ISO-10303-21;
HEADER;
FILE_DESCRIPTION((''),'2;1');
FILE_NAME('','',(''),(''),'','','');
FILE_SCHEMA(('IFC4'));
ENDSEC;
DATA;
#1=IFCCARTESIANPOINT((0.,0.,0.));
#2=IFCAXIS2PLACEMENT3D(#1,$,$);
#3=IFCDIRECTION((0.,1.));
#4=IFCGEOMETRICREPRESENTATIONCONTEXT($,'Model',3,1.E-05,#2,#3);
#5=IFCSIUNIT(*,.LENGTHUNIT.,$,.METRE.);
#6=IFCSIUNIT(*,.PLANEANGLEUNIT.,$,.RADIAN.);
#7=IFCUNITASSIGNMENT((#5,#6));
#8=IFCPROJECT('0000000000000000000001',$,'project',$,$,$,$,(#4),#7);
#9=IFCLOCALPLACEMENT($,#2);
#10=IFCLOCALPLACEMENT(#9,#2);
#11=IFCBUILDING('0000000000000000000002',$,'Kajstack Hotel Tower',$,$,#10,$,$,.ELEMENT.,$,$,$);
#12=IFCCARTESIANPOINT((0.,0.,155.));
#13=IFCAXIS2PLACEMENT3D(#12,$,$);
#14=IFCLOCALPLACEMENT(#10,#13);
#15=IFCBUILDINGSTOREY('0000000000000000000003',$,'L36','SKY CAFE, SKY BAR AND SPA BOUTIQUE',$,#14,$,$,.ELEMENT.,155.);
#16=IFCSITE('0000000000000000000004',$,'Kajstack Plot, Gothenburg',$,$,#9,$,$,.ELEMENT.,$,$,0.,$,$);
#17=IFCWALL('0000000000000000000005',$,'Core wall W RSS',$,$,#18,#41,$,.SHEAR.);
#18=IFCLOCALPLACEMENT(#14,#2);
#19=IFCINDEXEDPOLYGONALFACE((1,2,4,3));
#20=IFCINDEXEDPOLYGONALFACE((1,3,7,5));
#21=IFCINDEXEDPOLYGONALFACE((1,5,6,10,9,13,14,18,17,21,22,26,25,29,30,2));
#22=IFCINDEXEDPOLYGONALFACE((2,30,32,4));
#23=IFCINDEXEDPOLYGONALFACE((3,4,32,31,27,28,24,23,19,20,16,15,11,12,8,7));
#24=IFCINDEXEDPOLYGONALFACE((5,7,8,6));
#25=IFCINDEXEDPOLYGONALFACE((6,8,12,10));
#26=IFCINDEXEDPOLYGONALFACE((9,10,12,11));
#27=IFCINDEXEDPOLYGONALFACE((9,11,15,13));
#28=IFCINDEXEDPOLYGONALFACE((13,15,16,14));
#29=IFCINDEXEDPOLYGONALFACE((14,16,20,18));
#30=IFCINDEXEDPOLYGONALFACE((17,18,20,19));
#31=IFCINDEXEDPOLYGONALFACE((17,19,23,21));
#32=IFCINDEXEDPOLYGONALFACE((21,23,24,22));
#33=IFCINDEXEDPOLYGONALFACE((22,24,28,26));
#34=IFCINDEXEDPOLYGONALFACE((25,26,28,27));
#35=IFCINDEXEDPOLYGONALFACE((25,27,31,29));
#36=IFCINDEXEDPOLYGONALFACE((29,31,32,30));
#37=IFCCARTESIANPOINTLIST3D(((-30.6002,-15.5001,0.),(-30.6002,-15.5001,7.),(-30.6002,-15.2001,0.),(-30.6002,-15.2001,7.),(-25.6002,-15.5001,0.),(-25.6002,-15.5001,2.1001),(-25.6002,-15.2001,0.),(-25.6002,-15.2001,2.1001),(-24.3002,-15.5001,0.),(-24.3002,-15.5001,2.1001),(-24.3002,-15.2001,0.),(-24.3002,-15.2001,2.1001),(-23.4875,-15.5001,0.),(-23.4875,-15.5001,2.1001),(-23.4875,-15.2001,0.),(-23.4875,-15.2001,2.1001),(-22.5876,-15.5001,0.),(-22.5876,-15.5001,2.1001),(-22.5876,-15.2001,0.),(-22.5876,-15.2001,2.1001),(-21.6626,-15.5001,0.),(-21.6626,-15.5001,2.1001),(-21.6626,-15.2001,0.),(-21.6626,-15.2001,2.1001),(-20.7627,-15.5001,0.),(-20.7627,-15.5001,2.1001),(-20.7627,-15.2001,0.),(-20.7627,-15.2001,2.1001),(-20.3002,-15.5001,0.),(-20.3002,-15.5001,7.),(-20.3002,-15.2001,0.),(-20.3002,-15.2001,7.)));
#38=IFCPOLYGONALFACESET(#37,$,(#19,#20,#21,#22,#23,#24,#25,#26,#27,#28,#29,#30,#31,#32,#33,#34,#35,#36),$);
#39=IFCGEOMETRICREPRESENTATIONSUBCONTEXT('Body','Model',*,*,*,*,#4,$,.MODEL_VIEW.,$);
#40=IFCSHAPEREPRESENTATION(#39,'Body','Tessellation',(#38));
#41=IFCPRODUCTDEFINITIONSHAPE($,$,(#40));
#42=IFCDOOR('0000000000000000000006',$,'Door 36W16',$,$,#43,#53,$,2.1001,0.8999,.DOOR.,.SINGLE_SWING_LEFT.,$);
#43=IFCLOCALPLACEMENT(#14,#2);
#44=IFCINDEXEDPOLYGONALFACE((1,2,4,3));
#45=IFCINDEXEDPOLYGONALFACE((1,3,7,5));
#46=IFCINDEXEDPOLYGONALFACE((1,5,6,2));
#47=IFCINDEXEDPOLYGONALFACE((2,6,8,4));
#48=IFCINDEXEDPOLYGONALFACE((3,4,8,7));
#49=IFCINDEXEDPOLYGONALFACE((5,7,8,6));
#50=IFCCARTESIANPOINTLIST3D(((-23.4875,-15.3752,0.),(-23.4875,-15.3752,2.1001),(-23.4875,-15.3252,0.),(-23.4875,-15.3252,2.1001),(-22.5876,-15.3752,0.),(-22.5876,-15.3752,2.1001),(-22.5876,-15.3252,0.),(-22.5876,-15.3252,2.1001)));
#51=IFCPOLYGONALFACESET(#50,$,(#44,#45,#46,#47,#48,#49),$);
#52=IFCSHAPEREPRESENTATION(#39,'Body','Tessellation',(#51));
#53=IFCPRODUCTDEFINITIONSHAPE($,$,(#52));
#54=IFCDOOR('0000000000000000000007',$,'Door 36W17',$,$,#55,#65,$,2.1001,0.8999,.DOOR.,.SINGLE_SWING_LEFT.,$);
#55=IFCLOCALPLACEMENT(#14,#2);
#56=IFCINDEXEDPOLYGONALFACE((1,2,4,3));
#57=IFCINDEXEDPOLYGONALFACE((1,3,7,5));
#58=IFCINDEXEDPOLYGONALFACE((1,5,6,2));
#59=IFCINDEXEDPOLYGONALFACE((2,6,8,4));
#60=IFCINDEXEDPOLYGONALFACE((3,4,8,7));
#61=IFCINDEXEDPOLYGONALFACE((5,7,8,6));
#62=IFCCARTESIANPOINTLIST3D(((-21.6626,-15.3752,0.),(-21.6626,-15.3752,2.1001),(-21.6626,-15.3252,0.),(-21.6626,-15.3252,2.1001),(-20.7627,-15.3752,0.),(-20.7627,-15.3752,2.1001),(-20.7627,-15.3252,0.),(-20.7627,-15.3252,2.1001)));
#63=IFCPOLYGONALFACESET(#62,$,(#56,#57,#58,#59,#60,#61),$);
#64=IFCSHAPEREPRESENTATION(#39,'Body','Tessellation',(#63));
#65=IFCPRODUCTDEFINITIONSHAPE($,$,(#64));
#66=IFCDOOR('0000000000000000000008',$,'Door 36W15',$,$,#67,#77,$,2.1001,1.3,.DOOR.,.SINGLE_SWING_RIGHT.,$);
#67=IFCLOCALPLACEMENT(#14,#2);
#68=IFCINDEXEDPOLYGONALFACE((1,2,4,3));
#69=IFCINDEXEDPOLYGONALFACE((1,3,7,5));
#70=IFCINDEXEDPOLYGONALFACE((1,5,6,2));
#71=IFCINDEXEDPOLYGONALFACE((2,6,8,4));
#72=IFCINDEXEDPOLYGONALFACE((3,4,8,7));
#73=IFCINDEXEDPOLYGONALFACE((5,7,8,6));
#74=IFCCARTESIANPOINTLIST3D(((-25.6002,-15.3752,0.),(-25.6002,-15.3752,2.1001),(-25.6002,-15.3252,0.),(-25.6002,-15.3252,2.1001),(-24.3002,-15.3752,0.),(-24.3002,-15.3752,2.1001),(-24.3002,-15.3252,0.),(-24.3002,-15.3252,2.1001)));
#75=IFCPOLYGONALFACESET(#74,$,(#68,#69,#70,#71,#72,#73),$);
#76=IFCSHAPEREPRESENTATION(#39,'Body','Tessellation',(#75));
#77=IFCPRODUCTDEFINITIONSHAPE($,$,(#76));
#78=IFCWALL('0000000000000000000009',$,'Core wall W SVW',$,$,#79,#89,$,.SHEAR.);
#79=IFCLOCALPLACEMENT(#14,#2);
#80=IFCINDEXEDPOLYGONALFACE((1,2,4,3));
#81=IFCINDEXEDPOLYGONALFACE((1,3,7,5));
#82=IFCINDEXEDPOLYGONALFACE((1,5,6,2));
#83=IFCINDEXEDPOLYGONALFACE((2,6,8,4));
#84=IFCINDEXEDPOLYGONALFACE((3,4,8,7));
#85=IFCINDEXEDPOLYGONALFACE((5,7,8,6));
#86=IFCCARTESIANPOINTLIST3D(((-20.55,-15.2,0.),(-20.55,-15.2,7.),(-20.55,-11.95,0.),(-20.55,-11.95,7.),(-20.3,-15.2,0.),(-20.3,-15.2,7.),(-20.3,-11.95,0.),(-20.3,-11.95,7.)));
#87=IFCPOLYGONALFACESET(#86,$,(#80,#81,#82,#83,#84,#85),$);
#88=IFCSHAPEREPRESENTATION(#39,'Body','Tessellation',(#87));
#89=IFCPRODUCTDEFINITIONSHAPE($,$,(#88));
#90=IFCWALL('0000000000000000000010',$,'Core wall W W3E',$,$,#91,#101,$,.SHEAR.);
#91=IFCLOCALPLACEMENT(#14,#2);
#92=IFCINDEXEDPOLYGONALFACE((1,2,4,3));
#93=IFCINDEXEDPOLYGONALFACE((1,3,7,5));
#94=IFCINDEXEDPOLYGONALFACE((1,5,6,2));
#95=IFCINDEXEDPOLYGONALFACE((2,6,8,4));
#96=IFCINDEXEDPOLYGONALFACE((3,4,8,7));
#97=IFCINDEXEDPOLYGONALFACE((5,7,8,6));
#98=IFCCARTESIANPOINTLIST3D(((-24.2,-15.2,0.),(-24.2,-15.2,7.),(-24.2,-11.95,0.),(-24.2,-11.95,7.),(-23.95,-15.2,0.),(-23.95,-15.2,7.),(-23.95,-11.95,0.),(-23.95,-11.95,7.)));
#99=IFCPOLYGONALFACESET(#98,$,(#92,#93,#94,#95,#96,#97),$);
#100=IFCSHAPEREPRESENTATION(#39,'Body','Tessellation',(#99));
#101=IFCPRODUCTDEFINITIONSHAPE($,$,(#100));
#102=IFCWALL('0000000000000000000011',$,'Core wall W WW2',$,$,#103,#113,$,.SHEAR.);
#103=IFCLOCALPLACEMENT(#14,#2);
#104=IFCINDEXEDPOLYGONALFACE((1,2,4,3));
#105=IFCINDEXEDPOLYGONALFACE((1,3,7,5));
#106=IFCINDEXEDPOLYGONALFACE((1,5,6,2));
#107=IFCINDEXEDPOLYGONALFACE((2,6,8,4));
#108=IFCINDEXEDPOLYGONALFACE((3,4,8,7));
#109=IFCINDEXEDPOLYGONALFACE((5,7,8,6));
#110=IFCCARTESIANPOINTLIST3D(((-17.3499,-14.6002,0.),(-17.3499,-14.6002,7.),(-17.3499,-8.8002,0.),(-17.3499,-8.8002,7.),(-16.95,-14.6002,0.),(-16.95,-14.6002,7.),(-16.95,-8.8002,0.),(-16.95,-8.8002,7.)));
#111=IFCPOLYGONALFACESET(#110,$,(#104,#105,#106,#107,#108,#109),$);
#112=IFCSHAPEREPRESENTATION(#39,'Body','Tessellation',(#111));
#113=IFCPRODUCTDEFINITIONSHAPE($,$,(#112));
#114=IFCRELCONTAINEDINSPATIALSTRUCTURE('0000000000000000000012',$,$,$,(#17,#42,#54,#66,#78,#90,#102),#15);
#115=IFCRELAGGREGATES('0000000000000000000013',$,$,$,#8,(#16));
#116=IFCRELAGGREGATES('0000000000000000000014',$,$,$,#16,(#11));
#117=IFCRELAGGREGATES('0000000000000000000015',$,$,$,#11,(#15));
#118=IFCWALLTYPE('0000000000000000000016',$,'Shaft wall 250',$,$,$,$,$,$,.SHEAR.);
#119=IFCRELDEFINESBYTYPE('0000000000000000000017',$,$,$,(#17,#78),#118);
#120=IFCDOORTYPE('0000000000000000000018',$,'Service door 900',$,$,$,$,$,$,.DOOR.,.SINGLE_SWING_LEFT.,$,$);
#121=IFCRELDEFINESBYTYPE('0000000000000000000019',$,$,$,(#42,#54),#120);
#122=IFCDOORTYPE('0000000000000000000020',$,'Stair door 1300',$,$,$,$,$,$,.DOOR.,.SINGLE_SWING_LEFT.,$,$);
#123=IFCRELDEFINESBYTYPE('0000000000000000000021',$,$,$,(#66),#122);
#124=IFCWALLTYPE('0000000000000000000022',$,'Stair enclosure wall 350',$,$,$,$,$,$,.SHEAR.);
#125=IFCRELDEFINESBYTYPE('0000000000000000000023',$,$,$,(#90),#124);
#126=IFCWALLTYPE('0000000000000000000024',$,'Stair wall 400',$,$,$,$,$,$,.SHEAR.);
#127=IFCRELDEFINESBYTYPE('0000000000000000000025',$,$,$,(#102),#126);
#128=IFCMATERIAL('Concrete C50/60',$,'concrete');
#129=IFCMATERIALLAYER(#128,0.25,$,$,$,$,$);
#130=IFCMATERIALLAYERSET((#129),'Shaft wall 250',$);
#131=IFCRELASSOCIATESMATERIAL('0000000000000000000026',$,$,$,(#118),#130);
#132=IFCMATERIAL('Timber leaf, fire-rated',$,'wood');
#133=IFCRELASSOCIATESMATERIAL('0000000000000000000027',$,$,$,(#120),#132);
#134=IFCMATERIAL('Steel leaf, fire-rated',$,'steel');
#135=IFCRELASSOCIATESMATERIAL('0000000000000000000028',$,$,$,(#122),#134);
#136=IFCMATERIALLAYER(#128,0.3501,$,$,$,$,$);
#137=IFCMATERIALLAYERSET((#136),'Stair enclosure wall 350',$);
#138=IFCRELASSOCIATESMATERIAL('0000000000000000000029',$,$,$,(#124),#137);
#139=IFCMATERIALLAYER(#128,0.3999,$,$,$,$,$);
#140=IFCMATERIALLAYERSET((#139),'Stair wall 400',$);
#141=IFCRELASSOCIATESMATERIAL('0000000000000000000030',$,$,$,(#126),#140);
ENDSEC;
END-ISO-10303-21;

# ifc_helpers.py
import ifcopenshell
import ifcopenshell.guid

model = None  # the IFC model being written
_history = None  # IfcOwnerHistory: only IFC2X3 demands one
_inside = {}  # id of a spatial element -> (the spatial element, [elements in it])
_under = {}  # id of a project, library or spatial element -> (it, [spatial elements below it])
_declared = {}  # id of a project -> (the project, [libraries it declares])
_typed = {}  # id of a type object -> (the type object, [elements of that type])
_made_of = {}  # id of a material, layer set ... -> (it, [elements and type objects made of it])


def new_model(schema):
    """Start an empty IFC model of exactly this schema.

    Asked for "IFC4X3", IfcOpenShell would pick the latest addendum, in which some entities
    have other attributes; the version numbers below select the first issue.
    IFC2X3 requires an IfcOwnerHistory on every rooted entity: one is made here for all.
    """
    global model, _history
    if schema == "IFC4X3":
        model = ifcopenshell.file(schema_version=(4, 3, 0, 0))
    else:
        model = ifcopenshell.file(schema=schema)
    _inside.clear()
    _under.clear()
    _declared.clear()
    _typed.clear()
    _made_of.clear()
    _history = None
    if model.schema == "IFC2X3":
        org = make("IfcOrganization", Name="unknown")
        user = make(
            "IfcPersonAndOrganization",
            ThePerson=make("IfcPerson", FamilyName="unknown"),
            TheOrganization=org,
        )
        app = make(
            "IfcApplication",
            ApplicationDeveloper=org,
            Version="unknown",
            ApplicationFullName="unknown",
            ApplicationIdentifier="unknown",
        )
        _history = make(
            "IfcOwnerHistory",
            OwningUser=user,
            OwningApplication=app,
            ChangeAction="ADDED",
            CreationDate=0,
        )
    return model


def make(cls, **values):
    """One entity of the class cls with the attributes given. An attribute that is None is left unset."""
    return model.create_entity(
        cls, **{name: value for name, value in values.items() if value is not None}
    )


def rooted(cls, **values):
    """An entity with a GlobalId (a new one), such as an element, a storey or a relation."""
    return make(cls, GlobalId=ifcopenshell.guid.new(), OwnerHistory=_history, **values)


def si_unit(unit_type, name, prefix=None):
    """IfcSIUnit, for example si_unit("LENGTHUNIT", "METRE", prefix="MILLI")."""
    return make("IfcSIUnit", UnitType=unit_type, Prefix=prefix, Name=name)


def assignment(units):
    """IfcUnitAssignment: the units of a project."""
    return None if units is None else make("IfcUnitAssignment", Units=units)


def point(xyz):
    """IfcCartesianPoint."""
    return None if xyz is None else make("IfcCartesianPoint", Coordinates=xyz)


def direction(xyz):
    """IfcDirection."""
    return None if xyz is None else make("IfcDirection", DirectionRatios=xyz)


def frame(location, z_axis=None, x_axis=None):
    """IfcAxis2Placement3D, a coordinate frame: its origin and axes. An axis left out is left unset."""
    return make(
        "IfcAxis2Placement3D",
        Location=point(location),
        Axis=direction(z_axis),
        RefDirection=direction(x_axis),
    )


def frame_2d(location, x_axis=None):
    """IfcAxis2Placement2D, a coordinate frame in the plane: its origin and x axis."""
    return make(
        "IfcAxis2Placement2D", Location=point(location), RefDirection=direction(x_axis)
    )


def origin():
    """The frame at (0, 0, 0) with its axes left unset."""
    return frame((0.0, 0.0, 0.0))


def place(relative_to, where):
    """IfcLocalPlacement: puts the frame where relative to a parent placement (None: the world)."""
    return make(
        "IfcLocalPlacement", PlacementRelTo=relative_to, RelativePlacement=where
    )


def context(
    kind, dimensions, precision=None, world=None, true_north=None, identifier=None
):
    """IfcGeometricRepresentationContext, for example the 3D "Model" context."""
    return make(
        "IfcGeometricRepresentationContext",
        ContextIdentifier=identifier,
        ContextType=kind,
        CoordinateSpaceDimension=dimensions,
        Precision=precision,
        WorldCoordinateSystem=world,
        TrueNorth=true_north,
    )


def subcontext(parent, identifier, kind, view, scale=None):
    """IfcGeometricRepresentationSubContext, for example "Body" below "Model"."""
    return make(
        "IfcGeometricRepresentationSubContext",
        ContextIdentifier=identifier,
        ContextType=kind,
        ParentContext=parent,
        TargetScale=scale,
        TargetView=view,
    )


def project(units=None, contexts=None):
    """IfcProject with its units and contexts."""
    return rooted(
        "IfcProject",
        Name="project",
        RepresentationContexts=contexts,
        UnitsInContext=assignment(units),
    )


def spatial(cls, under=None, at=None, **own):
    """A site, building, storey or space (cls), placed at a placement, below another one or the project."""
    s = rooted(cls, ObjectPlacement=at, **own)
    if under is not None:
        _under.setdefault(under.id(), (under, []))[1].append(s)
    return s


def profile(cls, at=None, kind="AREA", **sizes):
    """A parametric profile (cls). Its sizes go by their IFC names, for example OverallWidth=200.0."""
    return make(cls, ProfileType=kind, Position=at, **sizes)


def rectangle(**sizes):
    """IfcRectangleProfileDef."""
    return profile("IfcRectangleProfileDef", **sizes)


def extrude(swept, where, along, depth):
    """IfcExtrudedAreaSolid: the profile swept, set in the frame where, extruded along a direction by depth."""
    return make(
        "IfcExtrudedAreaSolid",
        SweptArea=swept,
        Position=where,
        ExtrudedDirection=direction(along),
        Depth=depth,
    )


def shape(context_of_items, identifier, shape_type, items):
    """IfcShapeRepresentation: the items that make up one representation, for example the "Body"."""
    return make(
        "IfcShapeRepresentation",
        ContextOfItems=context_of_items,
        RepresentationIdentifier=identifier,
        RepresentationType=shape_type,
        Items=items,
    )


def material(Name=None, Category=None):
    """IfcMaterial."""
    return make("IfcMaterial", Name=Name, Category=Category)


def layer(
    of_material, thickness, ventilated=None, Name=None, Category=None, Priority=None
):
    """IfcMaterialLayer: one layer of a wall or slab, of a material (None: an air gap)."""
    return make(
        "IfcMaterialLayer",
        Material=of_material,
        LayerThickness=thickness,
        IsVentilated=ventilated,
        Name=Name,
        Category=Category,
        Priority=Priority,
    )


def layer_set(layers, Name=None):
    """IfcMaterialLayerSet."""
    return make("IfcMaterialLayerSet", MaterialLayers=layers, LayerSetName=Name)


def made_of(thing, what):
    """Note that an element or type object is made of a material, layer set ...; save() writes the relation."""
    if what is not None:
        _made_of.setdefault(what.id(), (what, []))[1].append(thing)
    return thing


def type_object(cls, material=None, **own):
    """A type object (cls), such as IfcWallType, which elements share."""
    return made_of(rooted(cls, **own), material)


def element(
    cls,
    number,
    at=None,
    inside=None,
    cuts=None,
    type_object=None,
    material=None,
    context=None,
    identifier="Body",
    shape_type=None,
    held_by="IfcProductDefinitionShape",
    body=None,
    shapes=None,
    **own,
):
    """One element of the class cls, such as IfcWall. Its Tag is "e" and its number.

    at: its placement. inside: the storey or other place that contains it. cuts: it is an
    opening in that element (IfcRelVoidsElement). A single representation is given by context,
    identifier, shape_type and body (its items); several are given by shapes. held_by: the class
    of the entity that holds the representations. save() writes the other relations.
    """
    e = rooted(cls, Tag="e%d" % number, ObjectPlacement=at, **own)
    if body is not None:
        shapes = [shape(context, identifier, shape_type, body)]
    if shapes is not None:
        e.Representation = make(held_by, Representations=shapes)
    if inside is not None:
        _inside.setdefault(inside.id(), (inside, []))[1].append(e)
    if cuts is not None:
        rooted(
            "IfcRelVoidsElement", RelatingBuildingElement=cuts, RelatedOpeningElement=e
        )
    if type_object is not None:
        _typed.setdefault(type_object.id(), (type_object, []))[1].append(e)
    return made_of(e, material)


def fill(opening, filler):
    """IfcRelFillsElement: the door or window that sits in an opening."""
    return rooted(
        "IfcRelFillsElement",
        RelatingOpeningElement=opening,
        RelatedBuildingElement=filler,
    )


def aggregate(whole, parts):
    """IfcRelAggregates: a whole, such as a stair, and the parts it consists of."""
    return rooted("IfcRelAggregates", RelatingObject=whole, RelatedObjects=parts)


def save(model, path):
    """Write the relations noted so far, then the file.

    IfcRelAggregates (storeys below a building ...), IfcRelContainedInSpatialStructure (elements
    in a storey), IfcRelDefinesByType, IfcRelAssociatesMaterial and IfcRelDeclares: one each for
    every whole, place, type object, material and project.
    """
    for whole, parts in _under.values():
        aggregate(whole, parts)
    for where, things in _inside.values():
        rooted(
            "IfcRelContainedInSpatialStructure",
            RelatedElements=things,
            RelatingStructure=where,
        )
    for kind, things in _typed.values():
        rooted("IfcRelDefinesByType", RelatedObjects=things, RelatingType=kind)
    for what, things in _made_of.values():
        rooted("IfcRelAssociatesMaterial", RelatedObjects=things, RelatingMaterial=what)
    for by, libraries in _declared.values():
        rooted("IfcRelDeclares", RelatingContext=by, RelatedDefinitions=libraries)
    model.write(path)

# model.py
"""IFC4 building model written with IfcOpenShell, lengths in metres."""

from ifc_helpers import new_model, si_unit, direction, frame, frame_2d, origin, place, context, subcontext, project, spatial, rectangle, extrude, material, layer, layer_set, type_object, element, fill, save


model = new_model("IFC4")

# Units and contexts
model_context = context("Model", 3, precision=1e-05, world=origin(), true_north=direction((0.0, 1.0)))
body_context = subcontext(model_context, "Body", "Model", "MODEL_VIEW")
ifc_project = project(units=[si_unit("LENGTHUNIT", "METRE"), si_unit("PLANEANGLEUNIT", "RADIAN")], contexts=[model_context])

# Site, building, storey
site_placement = place(None, origin())
site = spatial("IfcSite", under=ifc_project, at=site_placement, Name="Kajstack Plot, Gothenburg", CompositionType="ELEMENT", RefElevation=0.0)
building_placement = place(site_placement, origin())
building = spatial("IfcBuilding", under=site, at=building_placement, Name="Kajstack Hotel Tower", CompositionType="ELEMENT")
storey_placement = place(building_placement, frame((0.0, 0.0, 155.0)))
storey = spatial("IfcBuildingStorey", under=building, at=storey_placement, Name="L36", Description="SKY CAFE, SKY BAR AND SPA BOUTIQUE", CompositionType="ELEMENT", Elevation=155.0)

# Wall, openings, doors
ifc_material_1 = material(Name="Concrete C50/60", Category="concrete")
ifc_layer_1 = layer(ifc_material_1, 0.25)
ifc_layer_set_1 = layer_set([ifc_layer_1], Name="Shaft wall 250")
wall_type_1 = type_object("IfcWallType", Name="Shaft wall 250", PredefinedType="SHEAR", material=ifc_layer_set_1)
wall_1_placement = place(storey_placement, frame((-30.6001, -15.3501, 0.0), z_axis=(0.0, 0.0, 1.0), x_axis=(1.0, 0.0, 0.0)))
wall_1 = element("IfcWall", 1, at=wall_1_placement, inside=storey, type_object=wall_type_1, Name="Core wall W RSS", PredefinedType="SHEAR", context=body_context, shape_type="SweptSolid", body=[
    extrude(rectangle(XDim=10.3, YDim=0.3, at=frame_2d((5.1499, 0.0))), origin(), (0.0, 0.0, 1.0), 7.0),
])
opening_1_placement = place(wall_1_placement, frame((5.0, 0.0, 0.0)))
opening_1 = element("IfcOpeningElement", 2, at=opening_1_placement, cuts=wall_1, PredefinedType="OPENING", context=body_context, shape_type="SweptSolid", body=[
    extrude(rectangle(XDim=1.3, YDim=2.1001, at=frame_2d((0.6499, 1.05))), frame((0.0, 0.1599, 0.0), z_axis=(0.0, -1.0, 0.0), x_axis=(1.0, 0.0, 0.0)), (0.0, 0.0, 1.0), 0.3201),
])
opening_2_placement = place(wall_1_placement, frame((7.1125, 0.0, 0.0)))
opening_2 = element("IfcOpeningElement", 3, at=opening_2_placement, cuts=wall_1, PredefinedType="OPENING", context=body_context, shape_type="SweptSolid", body=[
    extrude(rectangle(XDim=0.8999, YDim=2.1001, at=frame_2d((0.45, 1.05))), frame((0.0, 0.1599, 0.0), z_axis=(0.0, -1.0, 0.0), x_axis=(1.0, 0.0, 0.0)), (0.0, 0.0, 1.0), 0.3201),
])
opening_3_placement = place(wall_1_placement, frame((8.9375, 0.0, 0.0)))
opening_3 = element("IfcOpeningElement", 4, at=opening_3_placement, cuts=wall_1, PredefinedType="OPENING", context=body_context, shape_type="SweptSolid", body=[
    extrude(rectangle(XDim=0.8999, YDim=2.1001, at=frame_2d((0.45, 1.05))), frame((0.0, 0.1599, 0.0), z_axis=(0.0, -1.0, 0.0), x_axis=(1.0, 0.0, 0.0)), (0.0, 0.0, 1.0), 0.3201),
])
ifc_material_2 = material(Name="Timber leaf, fire-rated", Category="wood")
door_type_1 = type_object("IfcDoorType", Name="Service door 900", OperationType="SINGLE_SWING_LEFT", PredefinedType="DOOR", material=ifc_material_2)
door_1_placement = place(opening_2_placement, origin())
door_1 = element("IfcDoor", 5, at=door_1_placement, inside=storey, type_object=door_type_1, Name="Door 36W16", OperationType="SINGLE_SWING_LEFT", OverallHeight=2.1001, OverallWidth=0.8999, PredefinedType="DOOR", context=body_context, shape_type="SweptSolid", body=[
    extrude(rectangle(XDim=0.8999, YDim=2.1001, at=frame_2d((0.45, 1.05))), frame((0.0, 0.0249, 0.0), z_axis=(0.0, -1.0, 0.0), x_axis=(1.0, 0.0, 0.0)), (0.0, 0.0, 1.0), 0.05),
])
fill(opening_2, door_1)
door_2_placement = place(opening_3_placement, origin())
door_2 = element("IfcDoor", 6, at=door_2_placement, inside=storey, type_object=door_type_1, Name="Door 36W17", OperationType="SINGLE_SWING_LEFT", OverallHeight=2.1001, OverallWidth=0.8999, PredefinedType="DOOR", context=body_context, shape_type="SweptSolid", body=[
    extrude(rectangle(XDim=0.8999, YDim=2.1001, at=frame_2d((0.45, 1.05))), frame((0.0, 0.0249, 0.0), z_axis=(0.0, -1.0, 0.0), x_axis=(1.0, 0.0, 0.0)), (0.0, 0.0, 1.0), 0.05),
])
fill(opening_3, door_2)
ifc_material_3 = material(Name="Steel leaf, fire-rated", Category="steel")
door_type_2 = type_object("IfcDoorType", Name="Stair door 1300", OperationType="SINGLE_SWING_LEFT", PredefinedType="DOOR", material=ifc_material_3)
door_3_placement = place(opening_1_placement, origin())
door_3 = element("IfcDoor", 7, at=door_3_placement, inside=storey, type_object=door_type_2, Name="Door 36W15", OperationType="SINGLE_SWING_RIGHT", OverallHeight=2.1001, OverallWidth=1.3, PredefinedType="DOOR", context=body_context, shape_type="SweptSolid", body=[
    extrude(rectangle(XDim=1.3, YDim=2.1001, at=frame_2d((0.6499, 1.05))), frame((0.0, 0.0249, 0.0), z_axis=(0.0, -1.0, 0.0), x_axis=(1.0, 0.0, 0.0)), (0.0, 0.0, 1.0), 0.05),
])
fill(opening_1, door_3)

# Walls
wall_2_placement = place(storey_placement, frame((-20.425, -15.2, 0.0), z_axis=(0.0, 0.0, 1.0), x_axis=(0.0, 1.0, 0.0)))
element("IfcWall", 8, at=wall_2_placement, inside=storey, type_object=wall_type_1, Name="Core wall W SVW", PredefinedType="SHEAR", context=body_context, shape_type="SweptSolid", body=[
    extrude(rectangle(XDim=3.25, YDim=0.25, at=frame_2d((1.625, 0.0))), origin(), (0.0, 0.0, 1.0), 7.0),
])
ifc_layer_2 = layer(ifc_material_1, 0.3501)
ifc_layer_set_2 = layer_set([ifc_layer_2], Name="Stair enclosure wall 350")
wall_type_2 = type_object("IfcWallType", Name="Stair enclosure wall 350", PredefinedType="SHEAR", material=ifc_layer_set_2)
wall_3_placement = place(storey_placement, frame((-24.075, -15.2, 0.0), z_axis=(0.0, 0.0, 1.0), x_axis=(0.0, 1.0, 0.0)))
element("IfcWall", 9, at=wall_3_placement, inside=storey, type_object=wall_type_2, Name="Core wall W W3E", PredefinedType="SHEAR", context=body_context, shape_type="SweptSolid", body=[
    extrude(rectangle(XDim=3.25, YDim=0.25, at=frame_2d((1.625, 0.0))), origin(), (0.0, 0.0, 1.0), 7.0),
])
ifc_layer_3 = layer(ifc_material_1, 0.3999)
ifc_layer_set_3 = layer_set([ifc_layer_3], Name="Stair wall 400")
wall_type_3 = type_object("IfcWallType", Name="Stair wall 400", PredefinedType="SHEAR", material=ifc_layer_set_3)
wall_4_placement = place(storey_placement, frame((-17.1499, -14.6001, 0.0), z_axis=(0.0, 0.0, 1.0), x_axis=(0.0, 1.0, 0.0)))
element("IfcWall", 10, at=wall_4_placement, inside=storey, type_object=wall_type_3, Name="Core wall W WW2", PredefinedType="SHEAR", context=body_context, shape_type="SweptSolid", body=[
    extrude(rectangle(XDim=5.8, YDim=0.3999, at=frame_2d((2.8999, 0.0))), origin(), (0.0, 0.0, 1.0), 7.0),
])

save(model, "model.ifc")
